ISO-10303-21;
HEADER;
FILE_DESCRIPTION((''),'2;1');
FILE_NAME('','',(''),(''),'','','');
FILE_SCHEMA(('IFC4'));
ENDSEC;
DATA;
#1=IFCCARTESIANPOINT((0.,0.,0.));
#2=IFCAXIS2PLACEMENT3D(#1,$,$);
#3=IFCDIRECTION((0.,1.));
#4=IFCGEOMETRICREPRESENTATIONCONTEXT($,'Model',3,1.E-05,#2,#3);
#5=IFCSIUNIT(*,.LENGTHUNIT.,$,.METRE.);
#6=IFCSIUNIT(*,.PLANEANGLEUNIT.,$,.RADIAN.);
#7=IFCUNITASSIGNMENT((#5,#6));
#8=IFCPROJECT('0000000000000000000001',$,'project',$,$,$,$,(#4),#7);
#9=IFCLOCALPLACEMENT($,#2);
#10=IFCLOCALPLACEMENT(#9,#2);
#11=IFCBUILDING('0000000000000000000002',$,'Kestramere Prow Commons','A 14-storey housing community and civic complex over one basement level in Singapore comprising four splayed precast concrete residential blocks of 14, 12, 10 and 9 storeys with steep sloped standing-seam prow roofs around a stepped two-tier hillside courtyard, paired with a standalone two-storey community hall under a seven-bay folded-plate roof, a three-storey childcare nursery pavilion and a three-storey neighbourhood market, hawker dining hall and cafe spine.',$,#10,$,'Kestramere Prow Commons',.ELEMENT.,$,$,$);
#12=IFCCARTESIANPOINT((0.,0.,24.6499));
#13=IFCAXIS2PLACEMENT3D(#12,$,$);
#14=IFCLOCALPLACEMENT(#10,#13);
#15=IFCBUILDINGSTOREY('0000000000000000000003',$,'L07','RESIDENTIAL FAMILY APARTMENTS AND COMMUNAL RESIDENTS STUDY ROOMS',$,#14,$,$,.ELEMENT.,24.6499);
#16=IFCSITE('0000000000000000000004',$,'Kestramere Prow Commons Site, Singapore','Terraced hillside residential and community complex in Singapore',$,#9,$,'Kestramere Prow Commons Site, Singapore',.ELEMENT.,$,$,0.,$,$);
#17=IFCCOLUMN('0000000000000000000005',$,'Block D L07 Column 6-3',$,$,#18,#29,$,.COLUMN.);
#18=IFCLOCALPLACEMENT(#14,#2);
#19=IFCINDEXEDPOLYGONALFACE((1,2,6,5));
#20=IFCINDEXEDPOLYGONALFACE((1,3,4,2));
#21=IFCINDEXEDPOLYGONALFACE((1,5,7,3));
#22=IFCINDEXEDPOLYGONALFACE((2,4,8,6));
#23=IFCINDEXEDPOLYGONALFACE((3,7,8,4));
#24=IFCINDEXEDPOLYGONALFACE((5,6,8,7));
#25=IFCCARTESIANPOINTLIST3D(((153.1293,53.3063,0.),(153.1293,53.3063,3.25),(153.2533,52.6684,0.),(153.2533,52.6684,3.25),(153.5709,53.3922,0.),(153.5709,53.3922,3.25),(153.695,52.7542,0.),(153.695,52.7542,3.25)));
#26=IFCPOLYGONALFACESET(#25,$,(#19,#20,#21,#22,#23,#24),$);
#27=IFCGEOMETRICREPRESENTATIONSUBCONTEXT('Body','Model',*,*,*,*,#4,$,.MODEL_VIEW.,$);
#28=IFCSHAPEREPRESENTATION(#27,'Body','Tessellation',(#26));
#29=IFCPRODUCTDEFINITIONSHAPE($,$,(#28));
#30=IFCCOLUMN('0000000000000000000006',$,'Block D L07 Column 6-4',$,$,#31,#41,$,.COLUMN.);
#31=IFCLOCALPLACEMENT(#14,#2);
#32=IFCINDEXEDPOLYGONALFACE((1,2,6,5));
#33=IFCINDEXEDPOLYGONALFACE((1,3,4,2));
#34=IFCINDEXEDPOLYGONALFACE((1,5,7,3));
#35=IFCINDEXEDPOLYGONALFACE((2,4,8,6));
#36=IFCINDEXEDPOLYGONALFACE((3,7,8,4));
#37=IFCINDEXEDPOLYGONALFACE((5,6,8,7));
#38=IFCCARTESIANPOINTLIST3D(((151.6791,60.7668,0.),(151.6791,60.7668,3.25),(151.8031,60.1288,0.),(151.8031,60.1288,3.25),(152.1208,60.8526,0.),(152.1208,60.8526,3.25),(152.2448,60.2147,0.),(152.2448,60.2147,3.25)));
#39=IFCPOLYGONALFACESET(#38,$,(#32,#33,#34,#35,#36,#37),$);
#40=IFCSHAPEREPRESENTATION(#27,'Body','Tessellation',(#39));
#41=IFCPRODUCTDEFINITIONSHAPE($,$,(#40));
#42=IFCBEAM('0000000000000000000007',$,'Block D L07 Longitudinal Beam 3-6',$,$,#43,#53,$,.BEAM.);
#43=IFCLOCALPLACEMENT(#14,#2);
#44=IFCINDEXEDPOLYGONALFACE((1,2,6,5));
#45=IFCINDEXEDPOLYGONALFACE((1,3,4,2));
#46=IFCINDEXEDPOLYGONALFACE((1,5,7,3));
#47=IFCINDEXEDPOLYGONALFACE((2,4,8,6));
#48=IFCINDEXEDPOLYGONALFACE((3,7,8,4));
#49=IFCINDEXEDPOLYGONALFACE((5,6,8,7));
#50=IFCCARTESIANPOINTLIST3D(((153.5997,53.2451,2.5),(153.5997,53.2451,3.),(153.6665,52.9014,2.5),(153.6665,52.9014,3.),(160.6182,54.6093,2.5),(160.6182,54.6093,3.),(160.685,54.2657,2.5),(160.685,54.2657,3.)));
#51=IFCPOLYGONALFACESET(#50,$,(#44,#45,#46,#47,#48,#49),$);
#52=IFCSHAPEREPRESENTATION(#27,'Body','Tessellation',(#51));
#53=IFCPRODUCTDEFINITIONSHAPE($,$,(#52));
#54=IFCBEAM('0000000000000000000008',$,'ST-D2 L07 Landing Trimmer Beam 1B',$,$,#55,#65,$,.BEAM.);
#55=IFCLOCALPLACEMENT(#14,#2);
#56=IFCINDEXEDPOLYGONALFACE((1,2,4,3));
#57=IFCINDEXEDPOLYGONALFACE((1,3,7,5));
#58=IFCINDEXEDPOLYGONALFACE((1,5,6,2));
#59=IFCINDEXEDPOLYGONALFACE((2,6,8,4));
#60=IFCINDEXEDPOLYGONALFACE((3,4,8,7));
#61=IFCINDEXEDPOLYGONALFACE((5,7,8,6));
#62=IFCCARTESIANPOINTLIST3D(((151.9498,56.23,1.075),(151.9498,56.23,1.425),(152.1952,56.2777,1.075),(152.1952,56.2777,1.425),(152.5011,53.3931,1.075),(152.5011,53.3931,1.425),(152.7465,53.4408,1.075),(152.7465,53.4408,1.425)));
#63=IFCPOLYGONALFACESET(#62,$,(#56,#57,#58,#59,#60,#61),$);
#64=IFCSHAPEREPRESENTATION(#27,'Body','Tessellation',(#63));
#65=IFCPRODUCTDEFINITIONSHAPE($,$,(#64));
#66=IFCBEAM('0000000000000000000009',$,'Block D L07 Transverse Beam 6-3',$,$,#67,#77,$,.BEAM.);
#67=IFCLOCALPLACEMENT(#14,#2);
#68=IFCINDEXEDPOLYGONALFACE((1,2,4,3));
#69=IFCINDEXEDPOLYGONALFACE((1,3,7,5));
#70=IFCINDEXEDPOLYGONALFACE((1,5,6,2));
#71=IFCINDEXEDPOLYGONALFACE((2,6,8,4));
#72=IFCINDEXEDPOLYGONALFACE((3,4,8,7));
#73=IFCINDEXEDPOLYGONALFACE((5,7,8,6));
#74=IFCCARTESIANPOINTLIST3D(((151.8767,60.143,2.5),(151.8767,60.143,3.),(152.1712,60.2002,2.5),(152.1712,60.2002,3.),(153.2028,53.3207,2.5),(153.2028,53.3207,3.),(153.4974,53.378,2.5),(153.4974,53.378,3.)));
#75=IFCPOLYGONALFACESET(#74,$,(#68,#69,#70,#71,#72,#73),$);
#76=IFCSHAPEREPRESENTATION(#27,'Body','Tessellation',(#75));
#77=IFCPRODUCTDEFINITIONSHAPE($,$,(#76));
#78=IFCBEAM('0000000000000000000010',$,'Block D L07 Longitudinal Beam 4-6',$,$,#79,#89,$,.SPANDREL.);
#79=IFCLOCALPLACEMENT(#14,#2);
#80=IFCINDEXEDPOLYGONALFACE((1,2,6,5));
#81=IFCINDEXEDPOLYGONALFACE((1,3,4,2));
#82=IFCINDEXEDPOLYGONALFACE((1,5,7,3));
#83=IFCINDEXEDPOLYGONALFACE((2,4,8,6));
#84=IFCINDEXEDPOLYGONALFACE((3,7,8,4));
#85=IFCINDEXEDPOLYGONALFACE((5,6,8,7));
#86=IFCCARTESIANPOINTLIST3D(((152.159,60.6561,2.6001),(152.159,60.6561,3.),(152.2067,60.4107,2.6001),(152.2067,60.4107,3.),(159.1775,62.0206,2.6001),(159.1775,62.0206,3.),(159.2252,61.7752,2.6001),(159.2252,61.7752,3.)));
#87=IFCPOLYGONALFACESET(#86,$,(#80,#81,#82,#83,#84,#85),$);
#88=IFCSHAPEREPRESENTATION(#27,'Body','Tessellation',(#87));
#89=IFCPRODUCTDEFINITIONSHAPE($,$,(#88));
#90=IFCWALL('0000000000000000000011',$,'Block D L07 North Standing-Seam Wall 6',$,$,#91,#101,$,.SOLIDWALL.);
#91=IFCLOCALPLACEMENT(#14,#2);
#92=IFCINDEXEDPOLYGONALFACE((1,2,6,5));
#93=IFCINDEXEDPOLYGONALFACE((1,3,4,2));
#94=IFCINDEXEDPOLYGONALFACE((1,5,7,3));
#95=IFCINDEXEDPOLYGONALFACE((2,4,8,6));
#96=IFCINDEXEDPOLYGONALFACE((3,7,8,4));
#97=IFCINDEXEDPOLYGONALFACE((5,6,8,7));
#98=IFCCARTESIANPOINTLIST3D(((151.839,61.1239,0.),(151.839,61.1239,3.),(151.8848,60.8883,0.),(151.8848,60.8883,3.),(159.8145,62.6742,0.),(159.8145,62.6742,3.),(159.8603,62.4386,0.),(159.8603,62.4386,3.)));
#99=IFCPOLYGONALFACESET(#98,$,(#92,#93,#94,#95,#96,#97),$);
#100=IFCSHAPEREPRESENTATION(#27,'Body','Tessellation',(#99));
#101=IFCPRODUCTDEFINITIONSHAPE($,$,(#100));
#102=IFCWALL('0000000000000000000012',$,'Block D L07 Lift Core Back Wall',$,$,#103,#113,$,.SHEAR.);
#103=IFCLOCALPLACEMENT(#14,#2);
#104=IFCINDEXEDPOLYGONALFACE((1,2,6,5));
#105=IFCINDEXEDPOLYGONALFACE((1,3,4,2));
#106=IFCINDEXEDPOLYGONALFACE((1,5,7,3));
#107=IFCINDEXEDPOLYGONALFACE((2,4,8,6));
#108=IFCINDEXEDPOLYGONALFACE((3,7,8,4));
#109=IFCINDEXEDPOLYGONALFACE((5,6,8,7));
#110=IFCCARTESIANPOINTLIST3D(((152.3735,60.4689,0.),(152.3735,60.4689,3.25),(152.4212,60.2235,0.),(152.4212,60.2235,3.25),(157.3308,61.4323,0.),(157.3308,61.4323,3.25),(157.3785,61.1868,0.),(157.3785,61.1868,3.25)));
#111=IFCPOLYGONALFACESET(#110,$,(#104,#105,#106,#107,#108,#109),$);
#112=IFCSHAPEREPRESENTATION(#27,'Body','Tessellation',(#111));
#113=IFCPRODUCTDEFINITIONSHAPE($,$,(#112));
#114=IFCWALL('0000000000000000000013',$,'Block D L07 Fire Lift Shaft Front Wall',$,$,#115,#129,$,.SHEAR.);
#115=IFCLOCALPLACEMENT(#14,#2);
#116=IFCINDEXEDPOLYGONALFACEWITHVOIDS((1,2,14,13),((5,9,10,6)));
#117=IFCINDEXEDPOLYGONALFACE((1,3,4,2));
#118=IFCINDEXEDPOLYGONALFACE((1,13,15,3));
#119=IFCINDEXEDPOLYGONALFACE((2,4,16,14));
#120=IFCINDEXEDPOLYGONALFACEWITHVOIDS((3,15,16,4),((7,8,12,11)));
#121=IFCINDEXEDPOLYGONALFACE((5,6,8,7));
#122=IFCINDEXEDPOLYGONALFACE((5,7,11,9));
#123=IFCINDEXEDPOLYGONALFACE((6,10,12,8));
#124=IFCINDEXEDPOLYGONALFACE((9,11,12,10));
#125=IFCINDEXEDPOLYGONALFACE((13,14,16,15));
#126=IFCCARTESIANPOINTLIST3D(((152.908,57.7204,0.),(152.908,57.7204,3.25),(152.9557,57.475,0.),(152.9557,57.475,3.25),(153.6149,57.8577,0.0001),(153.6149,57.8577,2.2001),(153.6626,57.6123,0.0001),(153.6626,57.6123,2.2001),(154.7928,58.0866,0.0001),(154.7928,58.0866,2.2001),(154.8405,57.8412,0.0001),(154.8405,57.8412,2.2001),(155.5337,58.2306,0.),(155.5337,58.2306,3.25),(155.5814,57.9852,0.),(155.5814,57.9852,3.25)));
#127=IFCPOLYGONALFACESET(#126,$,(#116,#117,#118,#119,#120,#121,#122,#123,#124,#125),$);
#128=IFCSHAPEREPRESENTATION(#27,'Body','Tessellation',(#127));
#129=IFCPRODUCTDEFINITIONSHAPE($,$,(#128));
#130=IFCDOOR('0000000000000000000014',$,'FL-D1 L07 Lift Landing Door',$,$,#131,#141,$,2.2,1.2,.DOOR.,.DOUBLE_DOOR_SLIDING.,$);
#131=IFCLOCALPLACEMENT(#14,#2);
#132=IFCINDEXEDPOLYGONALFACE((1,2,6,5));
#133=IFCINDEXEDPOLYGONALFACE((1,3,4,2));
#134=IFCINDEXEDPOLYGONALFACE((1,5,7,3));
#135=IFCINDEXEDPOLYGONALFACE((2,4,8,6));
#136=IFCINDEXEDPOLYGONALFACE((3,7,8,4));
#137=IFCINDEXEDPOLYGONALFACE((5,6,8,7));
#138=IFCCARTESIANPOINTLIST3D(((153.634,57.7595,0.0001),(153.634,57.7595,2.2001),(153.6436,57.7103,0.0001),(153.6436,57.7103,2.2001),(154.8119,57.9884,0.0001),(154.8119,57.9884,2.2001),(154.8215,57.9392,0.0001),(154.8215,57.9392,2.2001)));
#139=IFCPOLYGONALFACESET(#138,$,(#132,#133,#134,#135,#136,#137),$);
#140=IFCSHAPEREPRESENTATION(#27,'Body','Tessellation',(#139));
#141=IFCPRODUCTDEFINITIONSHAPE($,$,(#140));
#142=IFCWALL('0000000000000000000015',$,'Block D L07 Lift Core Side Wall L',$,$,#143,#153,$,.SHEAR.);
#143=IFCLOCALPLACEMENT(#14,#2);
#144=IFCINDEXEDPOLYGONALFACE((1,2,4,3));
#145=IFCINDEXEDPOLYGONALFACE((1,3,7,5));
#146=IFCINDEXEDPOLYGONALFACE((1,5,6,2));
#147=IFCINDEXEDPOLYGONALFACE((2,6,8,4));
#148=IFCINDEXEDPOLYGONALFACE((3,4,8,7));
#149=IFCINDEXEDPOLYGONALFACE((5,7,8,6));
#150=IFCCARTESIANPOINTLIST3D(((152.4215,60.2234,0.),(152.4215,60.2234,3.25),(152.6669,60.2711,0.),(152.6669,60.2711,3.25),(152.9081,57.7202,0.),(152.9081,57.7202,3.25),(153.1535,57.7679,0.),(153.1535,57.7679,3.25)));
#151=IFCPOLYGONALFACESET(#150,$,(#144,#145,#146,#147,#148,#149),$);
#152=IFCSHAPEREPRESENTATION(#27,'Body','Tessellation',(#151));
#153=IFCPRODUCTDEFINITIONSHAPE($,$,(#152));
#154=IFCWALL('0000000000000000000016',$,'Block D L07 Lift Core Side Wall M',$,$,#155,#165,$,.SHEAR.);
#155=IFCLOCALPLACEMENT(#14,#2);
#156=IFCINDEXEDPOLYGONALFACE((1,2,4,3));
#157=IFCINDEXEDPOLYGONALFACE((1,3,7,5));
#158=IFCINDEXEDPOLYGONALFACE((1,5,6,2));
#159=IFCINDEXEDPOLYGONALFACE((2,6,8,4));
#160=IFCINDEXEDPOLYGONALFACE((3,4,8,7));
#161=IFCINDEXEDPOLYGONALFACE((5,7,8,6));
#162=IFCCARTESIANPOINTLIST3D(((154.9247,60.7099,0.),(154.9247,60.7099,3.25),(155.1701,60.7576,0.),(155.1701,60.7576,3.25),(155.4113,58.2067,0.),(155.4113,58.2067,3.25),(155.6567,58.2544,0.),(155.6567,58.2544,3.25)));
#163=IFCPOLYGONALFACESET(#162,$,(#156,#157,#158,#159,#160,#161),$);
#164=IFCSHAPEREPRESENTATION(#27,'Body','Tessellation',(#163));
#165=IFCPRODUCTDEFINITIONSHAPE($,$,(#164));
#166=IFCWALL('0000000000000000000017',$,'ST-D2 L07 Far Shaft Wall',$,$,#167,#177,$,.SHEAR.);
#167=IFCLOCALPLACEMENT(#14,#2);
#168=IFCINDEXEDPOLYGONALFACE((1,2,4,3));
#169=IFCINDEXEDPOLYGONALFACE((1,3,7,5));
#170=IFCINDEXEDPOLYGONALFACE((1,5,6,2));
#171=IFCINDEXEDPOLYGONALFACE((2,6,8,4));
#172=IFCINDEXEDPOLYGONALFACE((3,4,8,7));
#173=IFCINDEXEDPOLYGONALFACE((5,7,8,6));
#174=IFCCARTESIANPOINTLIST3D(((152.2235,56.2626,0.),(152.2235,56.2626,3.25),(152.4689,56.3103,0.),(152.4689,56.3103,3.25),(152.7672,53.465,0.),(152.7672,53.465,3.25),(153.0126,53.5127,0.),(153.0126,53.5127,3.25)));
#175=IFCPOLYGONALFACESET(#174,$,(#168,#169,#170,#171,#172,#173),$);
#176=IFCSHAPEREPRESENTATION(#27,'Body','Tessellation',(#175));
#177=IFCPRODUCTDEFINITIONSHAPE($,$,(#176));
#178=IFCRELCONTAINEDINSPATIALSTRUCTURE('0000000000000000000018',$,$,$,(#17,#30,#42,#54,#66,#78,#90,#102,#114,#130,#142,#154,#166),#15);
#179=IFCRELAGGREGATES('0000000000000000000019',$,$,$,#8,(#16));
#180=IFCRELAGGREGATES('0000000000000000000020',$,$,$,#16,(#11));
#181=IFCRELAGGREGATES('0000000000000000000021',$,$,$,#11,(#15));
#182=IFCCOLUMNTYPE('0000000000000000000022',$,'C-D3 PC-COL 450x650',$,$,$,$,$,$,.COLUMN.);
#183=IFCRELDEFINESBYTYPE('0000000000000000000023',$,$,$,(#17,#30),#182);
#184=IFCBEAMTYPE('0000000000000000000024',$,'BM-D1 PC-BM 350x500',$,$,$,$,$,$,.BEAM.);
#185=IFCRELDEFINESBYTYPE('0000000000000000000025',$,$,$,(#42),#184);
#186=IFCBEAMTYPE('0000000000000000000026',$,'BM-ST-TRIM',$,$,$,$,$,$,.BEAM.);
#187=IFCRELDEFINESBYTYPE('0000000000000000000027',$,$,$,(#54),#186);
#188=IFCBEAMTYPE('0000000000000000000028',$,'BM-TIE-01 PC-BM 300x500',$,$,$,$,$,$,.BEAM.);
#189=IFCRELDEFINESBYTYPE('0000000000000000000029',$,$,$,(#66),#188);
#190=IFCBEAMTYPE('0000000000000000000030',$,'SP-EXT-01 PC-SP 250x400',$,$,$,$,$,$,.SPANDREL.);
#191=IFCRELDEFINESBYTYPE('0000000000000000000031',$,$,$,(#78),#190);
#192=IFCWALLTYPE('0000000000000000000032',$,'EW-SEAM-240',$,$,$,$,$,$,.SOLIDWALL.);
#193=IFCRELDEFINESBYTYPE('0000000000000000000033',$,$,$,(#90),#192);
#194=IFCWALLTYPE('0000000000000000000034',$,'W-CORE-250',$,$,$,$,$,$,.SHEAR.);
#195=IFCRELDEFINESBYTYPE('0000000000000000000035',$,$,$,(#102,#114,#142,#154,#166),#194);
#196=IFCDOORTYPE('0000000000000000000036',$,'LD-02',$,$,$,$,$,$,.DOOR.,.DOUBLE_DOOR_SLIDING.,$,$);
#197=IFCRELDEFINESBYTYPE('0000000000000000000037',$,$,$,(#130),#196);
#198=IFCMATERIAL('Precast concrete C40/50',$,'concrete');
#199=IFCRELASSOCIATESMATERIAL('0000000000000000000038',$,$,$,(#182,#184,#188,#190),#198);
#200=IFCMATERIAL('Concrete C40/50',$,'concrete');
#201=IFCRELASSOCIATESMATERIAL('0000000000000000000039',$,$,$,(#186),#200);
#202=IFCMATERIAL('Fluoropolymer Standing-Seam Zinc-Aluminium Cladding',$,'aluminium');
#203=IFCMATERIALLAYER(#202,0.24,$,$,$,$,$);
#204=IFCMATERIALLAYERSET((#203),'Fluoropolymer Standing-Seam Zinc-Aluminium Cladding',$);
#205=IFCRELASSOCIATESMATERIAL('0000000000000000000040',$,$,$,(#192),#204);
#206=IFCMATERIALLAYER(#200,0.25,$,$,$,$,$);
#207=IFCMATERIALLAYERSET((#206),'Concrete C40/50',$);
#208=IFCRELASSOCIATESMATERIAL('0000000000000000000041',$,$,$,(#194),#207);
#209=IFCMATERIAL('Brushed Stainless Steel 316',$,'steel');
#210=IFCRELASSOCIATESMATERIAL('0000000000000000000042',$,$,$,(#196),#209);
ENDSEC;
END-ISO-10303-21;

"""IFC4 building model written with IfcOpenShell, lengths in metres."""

from ifc_helpers import new_model, si_unit, direction, frame, frame_2d, origin, origin_2d, place, context, subcontext, project, spatial, rectangle, extrude, material, layer, layer_set, material_profile, profile_set, type_object, element, fill, save


model = new_model("IFC4")

# Units and contexts
model_context = context("Model", 3, precision=1e-05, world=origin(), true_north=direction((0.0, 1.0)))
body_context = subcontext(model_context, "Body", "Model", "MODEL_VIEW")
ifc_project = project(units=[si_unit("LENGTHUNIT", "METRE"), si_unit("PLANEANGLEUNIT", "RADIAN")], contexts=[model_context])

# Site, building, storey
site_placement = place(None, origin())
site = spatial("IfcSite", under=ifc_project, at=site_placement, Name="Kestramere Prow Commons Site, Singapore", Description="Terraced hillside residential and community complex in Singapore", LongName="Kestramere Prow Commons Site, Singapore", CompositionType="ELEMENT", RefElevation=0.0)
building_placement = place(site_placement, origin())
building = spatial("IfcBuilding", under=site, at=building_placement, Name="Kestramere Prow Commons", Description="A 14-storey housing community and civic complex over one basement level in Singapore comprising four splayed precast concrete residential blocks of 14, 12, 10 and 9 storeys with steep sloped standing-seam prow roofs around a stepped two-tier hillside courtyard, paired with a standalone two-storey community hall under a seven-bay folded-plate roof, a three-storey childcare nursery pavilion and a three-storey neighbourhood market, hawker dining hall and cafe spine.", LongName="Kestramere Prow Commons", CompositionType="ELEMENT")
storey_placement = place(building_placement, frame((0.0, 0.0, 24.6499)))
storey = spatial("IfcBuildingStorey", under=building, at=storey_placement, Name="L07", Description="RESIDENTIAL FAMILY APARTMENTS AND COMMUNAL RESIDENTS STUDY ROOMS", CompositionType="ELEMENT", Elevation=24.6499)

# Columns
ifc_material_1 = material(Name="Precast concrete C40/50", Category="concrete")
ifc_material_profile_1 = material_profile(ifc_material_1, rectangle(XDim=0.45, YDim=0.6499, at=origin_2d()), Name="PC-COL 450x650")
ifc_profile_set_1 = profile_set([ifc_material_profile_1], Name="Precast concrete C40/50")
column_type = type_object("IfcColumnType", Name="C-D3 PC-COL 450x650", PredefinedType="COLUMN", material=ifc_profile_set_1)
for number, where, z_axis, x_axis, name in (
    (1, (153.4121, 53.0303, 0.0), (0.0, 0.0, 1.0), (0.981627, 0.190809, 0.0), "Block D L07 Column 6-3"),
    (2, (151.9619, 60.4907, 0.0), (0.0, 0.0, 1.0), (0.981627, 0.190809, 0.0), "Block D L07 Column 6-4"),
):
    element("IfcColumn", number, at=place(storey_placement, frame(where, z_axis=z_axis, x_axis=x_axis)), inside=storey, type_object=column_type, Name=name, PredefinedType="COLUMN", context=body_context, shape_type="SweptSolid", body=[
        extrude(rectangle(XDim=0.45, YDim=0.6499, at=origin_2d()), origin(), (0.0, 0.0, 1.0), 3.25),
    ])

# Beams
ifc_material_profile_2 = material_profile(ifc_material_1, rectangle(XDim=0.3501, YDim=0.5, at=origin_2d()), Name="PC-BM 350x500")
ifc_profile_set_2 = profile_set([ifc_material_profile_2], Name="Precast concrete C40/50")
beam_type_1 = type_object("IfcBeamType", Name="BM-D1 PC-BM 350x500", PredefinedType="BEAM", material=ifc_profile_set_2)
beam_1_placement = place(storey_placement, frame((153.6331, 53.0732, 2.75), z_axis=(0.981627, 0.190808, 0.0), x_axis=(-0.190808, 0.981627, 0.0)))
element("IfcBeam", 3, at=beam_1_placement, inside=storey, type_object=beam_type_1, Name="Block D L07 Longitudinal Beam 3-6", PredefinedType="BEAM", context=body_context, shape_type="SweptSolid", body=[
    extrude(rectangle(XDim=0.3501, YDim=0.5, at=origin_2d()), origin(), (0.0, 0.0, 1.0), 7.1499),
])
ifc_material_2 = material(Name="Concrete C40/50", Category="concrete")
ifc_material_profile_3 = material_profile(ifc_material_2, rectangle(XDim=0.25, YDim=0.3501, at=origin_2d()), Name="PC-BM 250x350")
ifc_profile_set_3 = profile_set([ifc_material_profile_3], Name="Concrete C40/50")
beam_type_2 = type_object("IfcBeamType", Name="BM-ST-TRIM", PredefinedType="BEAM", material=ifc_profile_set_3)
beam_2_placement = place(storey_placement, frame((152.6238, 53.417, 1.25), z_axis=(-0.190752, 0.981638, 0.0), x_axis=(-0.981638, -0.190752, 0.0)))
element("IfcBeam", 4, at=beam_2_placement, inside=storey, type_object=beam_type_2, Name="ST-D2 L07 Landing Trimmer Beam 1B", PredefinedType="BEAM", context=body_context, shape_type="SweptSolid", body=[
    extrude(rectangle(XDim=0.25, YDim=0.3501, at=origin_2d()), origin(), (0.0, 0.0, 1.0), 2.8899),
])
ifc_material_profile_4 = material_profile(ifc_material_1, rectangle(XDim=0.3, YDim=0.5, at=origin_2d()), Name="PC-BM 300x500")
ifc_profile_set_4 = profile_set([ifc_material_profile_4], Name="Precast concrete C40/50")
beam_type_3 = type_object("IfcBeamType", Name="BM-TIE-01 PC-BM 300x500", PredefinedType="BEAM", material=ifc_profile_set_4)
beam_3_placement = place(storey_placement, frame((153.3501, 53.3494, 2.75), z_axis=(-0.190817, 0.981626, 0.0), x_axis=(-0.981626, -0.190817, 0.0)))
element("IfcBeam", 5, at=beam_3_placement, inside=storey, type_object=beam_type_3, Name="Block D L07 Transverse Beam 6-3", PredefinedType="BEAM", context=body_context, shape_type="SweptSolid", body=[
    extrude(rectangle(XDim=0.3, YDim=0.5, at=origin_2d()), origin(), (0.0, 0.0, 1.0), 6.95),
])
ifc_material_profile_5 = material_profile(ifc_material_1, rectangle(XDim=0.25, YDim=0.3999, at=origin_2d()), Name="PC-SP 250x400")
ifc_profile_set_5 = profile_set([ifc_material_profile_5], Name="Precast concrete C40/50")
beam_type_4 = type_object("IfcBeamType", Name="SP-EXT-01 PC-SP 250x400", PredefinedType="SPANDREL", material=ifc_profile_set_5)
beam_4_placement = place(storey_placement, frame((152.1829, 60.5334, 2.8), z_axis=(0.981621, 0.19084, 0.0), x_axis=(-0.19084, 0.981621, 0.0)))
element("IfcBeam", 6, at=beam_4_placement, inside=storey, type_object=beam_type_4, Name="Block D L07 Longitudinal Beam 4-6", PredefinedType="SPANDREL", context=body_context, shape_type="SweptSolid", body=[
    extrude(rectangle(XDim=0.25, YDim=0.3999, at=origin_2d()), origin(), (0.0, 0.0, 1.0), 7.1499),
])

# Walls
ifc_material_3 = material(Name="Fluoropolymer Standing-Seam Zinc-Aluminium Cladding", Category="aluminium")
ifc_layer_1 = layer(ifc_material_3, 0.24)
ifc_layer_set_1 = layer_set([ifc_layer_1], Name="Fluoropolymer Standing-Seam Zinc-Aluminium Cladding")
wall_type_1 = type_object("IfcWallType", Name="EW-SEAM-240", PredefinedType="SOLIDWALL", material=ifc_layer_set_1)
wall_1_placement = place(storey_placement, frame((151.8618, 61.0061, 0.0), z_axis=(0.0, 0.0, 1.0), x_axis=(0.981627, 0.190809, 0.0)))
element("IfcWall", 7, at=wall_1_placement, inside=storey, type_object=wall_type_1, Name="Block D L07 North Standing-Seam Wall 6", PredefinedType="SOLIDWALL", context=body_context, shape_type="SweptSolid", body=[
    extrude(rectangle(XDim=8.1248, YDim=0.24, at=frame_2d((4.0625, 0.0))), origin(), (0.0, 0.0, 1.0), 3.0),
])
ifc_layer_2 = layer(ifc_material_2, 0.25)
ifc_layer_set_2 = layer_set([ifc_layer_2], Name="Concrete C40/50")
wall_type_2 = type_object("IfcWallType", Name="W-CORE-250", PredefinedType="SHEAR", material=ifc_layer_set_2)
wall_2_placement = place(storey_placement, frame((152.3975, 60.3462, 0.0), z_axis=(0.0, 0.0, 1.0), x_axis=(0.981635, 0.190767, 0.0)))
element("IfcWall", 8, at=wall_2_placement, inside=storey, type_object=wall_type_2, Name="Block D L07 Lift Core Back Wall", PredefinedType="SHEAR", context=body_context, shape_type="SweptSolid", body=[
    extrude(rectangle(XDim=5.05, YDim=0.25, at=frame_2d((2.5249, 0.0))), origin(), (0.0, 0.0, 1.0), 3.25),
])

# Wall, opening, door
wall_3_placement = place(storey_placement, frame((152.9319, 57.5977, 0.0), z_axis=(0.0, 0.0, 1.0), x_axis=(0.981637, 0.19076, 0.0)))
wall_3 = element("IfcWall", 9, at=wall_3_placement, inside=storey, type_object=wall_type_2, Name="Block D L07 Fire Lift Shaft Front Wall", PredefinedType="SHEAR", context=body_context, shape_type="SweptSolid", body=[
    extrude(rectangle(XDim=2.6748, YDim=0.25, at=frame_2d((1.3374, 0.0))), origin(), (0.0, 0.0, 1.0), 3.25),
])
opening_1_placement = place(wall_3_placement, frame((0.72, 0.0, 0.0)))
opening_1 = element("IfcOpeningElement", 10, at=opening_1_placement, cuts=wall_3, PredefinedType="OPENING", context=body_context, shape_type="SweptSolid", body=[
    extrude(rectangle(XDim=1.2, YDim=2.2, at=frame_2d((0.6001, 1.1001))), frame((0.0, 0.1399, 0.0), z_axis=(0.0, -1.0, 0.0), x_axis=(1.0, 0.0, 0.0)), (0.0, 0.0, 1.0), 0.28),
])
ifc_material_4 = material(Name="Brushed Stainless Steel 316", Category="steel")
door_type_1 = type_object("IfcDoorType", Name="LD-02", OperationType="DOUBLE_DOOR_SLIDING", PredefinedType="DOOR", material=ifc_material_4)
door_1_placement = place(opening_1_placement, origin())
door_1 = element("IfcDoor", 11, at=door_1_placement, inside=storey, type_object=door_type_1, Name="FL-D1 L07 Lift Landing Door", OperationType="DOUBLE_DOOR_SLIDING", OverallHeight=2.2, OverallWidth=1.2, PredefinedType="DOOR", context=body_context, shape_type="SweptSolid", body=[
    extrude(rectangle(XDim=1.2, YDim=2.2, at=frame_2d((0.6001, 1.1001))), frame((0.0, 0.0249, 0.0), z_axis=(0.0, -1.0, 0.0), x_axis=(1.0, 0.0, 0.0)), (0.0, 0.0, 1.0), 0.05),
])
fill(opening_1, door_1)

# Walls
for number, where, z_axis, x_axis, name in (
    (12, (153.0308, 57.7441, 0.0), (0.0, 0.0, 1.0), (-0.190811, 0.981627, 0.0), "Block D L07 Lift Core Side Wall L"),
    (13, (155.5339, 58.2307, 0.0), (0.0, 0.0, 1.0), (-0.190811, 0.981627, 0.0), "Block D L07 Lift Core Side Wall M"),
):
    element("IfcWall", number, at=place(storey_placement, frame(where, z_axis=z_axis, x_axis=x_axis)), inside=storey, type_object=wall_type_2, Name=name, PredefinedType="SHEAR", context=body_context, shape_type="SweptSolid", body=[
        extrude(rectangle(XDim=2.55, YDim=0.25, at=frame_2d((1.2749, 0.0))), origin(), (0.0, 0.0, 1.0), 3.25),
    ])
wall_4_placement = place(storey_placement, frame((152.8899, 53.489, 0.0), z_axis=(0.0, 0.0, 1.0), x_axis=(-0.190776, 0.981634, 0.0)))
element("IfcWall", 14, at=wall_4_placement, inside=storey, type_object=wall_type_2, Name="ST-D2 L07 Far Shaft Wall", PredefinedType="SHEAR", context=body_context, shape_type="SweptSolid", body=[
    extrude(rectangle(XDim=2.8499, YDim=0.25, at=frame_2d((1.4248, 0.0))), origin(), (0.0, 0.0, 1.0), 3.25),
])

save(model, "model.ifc")
